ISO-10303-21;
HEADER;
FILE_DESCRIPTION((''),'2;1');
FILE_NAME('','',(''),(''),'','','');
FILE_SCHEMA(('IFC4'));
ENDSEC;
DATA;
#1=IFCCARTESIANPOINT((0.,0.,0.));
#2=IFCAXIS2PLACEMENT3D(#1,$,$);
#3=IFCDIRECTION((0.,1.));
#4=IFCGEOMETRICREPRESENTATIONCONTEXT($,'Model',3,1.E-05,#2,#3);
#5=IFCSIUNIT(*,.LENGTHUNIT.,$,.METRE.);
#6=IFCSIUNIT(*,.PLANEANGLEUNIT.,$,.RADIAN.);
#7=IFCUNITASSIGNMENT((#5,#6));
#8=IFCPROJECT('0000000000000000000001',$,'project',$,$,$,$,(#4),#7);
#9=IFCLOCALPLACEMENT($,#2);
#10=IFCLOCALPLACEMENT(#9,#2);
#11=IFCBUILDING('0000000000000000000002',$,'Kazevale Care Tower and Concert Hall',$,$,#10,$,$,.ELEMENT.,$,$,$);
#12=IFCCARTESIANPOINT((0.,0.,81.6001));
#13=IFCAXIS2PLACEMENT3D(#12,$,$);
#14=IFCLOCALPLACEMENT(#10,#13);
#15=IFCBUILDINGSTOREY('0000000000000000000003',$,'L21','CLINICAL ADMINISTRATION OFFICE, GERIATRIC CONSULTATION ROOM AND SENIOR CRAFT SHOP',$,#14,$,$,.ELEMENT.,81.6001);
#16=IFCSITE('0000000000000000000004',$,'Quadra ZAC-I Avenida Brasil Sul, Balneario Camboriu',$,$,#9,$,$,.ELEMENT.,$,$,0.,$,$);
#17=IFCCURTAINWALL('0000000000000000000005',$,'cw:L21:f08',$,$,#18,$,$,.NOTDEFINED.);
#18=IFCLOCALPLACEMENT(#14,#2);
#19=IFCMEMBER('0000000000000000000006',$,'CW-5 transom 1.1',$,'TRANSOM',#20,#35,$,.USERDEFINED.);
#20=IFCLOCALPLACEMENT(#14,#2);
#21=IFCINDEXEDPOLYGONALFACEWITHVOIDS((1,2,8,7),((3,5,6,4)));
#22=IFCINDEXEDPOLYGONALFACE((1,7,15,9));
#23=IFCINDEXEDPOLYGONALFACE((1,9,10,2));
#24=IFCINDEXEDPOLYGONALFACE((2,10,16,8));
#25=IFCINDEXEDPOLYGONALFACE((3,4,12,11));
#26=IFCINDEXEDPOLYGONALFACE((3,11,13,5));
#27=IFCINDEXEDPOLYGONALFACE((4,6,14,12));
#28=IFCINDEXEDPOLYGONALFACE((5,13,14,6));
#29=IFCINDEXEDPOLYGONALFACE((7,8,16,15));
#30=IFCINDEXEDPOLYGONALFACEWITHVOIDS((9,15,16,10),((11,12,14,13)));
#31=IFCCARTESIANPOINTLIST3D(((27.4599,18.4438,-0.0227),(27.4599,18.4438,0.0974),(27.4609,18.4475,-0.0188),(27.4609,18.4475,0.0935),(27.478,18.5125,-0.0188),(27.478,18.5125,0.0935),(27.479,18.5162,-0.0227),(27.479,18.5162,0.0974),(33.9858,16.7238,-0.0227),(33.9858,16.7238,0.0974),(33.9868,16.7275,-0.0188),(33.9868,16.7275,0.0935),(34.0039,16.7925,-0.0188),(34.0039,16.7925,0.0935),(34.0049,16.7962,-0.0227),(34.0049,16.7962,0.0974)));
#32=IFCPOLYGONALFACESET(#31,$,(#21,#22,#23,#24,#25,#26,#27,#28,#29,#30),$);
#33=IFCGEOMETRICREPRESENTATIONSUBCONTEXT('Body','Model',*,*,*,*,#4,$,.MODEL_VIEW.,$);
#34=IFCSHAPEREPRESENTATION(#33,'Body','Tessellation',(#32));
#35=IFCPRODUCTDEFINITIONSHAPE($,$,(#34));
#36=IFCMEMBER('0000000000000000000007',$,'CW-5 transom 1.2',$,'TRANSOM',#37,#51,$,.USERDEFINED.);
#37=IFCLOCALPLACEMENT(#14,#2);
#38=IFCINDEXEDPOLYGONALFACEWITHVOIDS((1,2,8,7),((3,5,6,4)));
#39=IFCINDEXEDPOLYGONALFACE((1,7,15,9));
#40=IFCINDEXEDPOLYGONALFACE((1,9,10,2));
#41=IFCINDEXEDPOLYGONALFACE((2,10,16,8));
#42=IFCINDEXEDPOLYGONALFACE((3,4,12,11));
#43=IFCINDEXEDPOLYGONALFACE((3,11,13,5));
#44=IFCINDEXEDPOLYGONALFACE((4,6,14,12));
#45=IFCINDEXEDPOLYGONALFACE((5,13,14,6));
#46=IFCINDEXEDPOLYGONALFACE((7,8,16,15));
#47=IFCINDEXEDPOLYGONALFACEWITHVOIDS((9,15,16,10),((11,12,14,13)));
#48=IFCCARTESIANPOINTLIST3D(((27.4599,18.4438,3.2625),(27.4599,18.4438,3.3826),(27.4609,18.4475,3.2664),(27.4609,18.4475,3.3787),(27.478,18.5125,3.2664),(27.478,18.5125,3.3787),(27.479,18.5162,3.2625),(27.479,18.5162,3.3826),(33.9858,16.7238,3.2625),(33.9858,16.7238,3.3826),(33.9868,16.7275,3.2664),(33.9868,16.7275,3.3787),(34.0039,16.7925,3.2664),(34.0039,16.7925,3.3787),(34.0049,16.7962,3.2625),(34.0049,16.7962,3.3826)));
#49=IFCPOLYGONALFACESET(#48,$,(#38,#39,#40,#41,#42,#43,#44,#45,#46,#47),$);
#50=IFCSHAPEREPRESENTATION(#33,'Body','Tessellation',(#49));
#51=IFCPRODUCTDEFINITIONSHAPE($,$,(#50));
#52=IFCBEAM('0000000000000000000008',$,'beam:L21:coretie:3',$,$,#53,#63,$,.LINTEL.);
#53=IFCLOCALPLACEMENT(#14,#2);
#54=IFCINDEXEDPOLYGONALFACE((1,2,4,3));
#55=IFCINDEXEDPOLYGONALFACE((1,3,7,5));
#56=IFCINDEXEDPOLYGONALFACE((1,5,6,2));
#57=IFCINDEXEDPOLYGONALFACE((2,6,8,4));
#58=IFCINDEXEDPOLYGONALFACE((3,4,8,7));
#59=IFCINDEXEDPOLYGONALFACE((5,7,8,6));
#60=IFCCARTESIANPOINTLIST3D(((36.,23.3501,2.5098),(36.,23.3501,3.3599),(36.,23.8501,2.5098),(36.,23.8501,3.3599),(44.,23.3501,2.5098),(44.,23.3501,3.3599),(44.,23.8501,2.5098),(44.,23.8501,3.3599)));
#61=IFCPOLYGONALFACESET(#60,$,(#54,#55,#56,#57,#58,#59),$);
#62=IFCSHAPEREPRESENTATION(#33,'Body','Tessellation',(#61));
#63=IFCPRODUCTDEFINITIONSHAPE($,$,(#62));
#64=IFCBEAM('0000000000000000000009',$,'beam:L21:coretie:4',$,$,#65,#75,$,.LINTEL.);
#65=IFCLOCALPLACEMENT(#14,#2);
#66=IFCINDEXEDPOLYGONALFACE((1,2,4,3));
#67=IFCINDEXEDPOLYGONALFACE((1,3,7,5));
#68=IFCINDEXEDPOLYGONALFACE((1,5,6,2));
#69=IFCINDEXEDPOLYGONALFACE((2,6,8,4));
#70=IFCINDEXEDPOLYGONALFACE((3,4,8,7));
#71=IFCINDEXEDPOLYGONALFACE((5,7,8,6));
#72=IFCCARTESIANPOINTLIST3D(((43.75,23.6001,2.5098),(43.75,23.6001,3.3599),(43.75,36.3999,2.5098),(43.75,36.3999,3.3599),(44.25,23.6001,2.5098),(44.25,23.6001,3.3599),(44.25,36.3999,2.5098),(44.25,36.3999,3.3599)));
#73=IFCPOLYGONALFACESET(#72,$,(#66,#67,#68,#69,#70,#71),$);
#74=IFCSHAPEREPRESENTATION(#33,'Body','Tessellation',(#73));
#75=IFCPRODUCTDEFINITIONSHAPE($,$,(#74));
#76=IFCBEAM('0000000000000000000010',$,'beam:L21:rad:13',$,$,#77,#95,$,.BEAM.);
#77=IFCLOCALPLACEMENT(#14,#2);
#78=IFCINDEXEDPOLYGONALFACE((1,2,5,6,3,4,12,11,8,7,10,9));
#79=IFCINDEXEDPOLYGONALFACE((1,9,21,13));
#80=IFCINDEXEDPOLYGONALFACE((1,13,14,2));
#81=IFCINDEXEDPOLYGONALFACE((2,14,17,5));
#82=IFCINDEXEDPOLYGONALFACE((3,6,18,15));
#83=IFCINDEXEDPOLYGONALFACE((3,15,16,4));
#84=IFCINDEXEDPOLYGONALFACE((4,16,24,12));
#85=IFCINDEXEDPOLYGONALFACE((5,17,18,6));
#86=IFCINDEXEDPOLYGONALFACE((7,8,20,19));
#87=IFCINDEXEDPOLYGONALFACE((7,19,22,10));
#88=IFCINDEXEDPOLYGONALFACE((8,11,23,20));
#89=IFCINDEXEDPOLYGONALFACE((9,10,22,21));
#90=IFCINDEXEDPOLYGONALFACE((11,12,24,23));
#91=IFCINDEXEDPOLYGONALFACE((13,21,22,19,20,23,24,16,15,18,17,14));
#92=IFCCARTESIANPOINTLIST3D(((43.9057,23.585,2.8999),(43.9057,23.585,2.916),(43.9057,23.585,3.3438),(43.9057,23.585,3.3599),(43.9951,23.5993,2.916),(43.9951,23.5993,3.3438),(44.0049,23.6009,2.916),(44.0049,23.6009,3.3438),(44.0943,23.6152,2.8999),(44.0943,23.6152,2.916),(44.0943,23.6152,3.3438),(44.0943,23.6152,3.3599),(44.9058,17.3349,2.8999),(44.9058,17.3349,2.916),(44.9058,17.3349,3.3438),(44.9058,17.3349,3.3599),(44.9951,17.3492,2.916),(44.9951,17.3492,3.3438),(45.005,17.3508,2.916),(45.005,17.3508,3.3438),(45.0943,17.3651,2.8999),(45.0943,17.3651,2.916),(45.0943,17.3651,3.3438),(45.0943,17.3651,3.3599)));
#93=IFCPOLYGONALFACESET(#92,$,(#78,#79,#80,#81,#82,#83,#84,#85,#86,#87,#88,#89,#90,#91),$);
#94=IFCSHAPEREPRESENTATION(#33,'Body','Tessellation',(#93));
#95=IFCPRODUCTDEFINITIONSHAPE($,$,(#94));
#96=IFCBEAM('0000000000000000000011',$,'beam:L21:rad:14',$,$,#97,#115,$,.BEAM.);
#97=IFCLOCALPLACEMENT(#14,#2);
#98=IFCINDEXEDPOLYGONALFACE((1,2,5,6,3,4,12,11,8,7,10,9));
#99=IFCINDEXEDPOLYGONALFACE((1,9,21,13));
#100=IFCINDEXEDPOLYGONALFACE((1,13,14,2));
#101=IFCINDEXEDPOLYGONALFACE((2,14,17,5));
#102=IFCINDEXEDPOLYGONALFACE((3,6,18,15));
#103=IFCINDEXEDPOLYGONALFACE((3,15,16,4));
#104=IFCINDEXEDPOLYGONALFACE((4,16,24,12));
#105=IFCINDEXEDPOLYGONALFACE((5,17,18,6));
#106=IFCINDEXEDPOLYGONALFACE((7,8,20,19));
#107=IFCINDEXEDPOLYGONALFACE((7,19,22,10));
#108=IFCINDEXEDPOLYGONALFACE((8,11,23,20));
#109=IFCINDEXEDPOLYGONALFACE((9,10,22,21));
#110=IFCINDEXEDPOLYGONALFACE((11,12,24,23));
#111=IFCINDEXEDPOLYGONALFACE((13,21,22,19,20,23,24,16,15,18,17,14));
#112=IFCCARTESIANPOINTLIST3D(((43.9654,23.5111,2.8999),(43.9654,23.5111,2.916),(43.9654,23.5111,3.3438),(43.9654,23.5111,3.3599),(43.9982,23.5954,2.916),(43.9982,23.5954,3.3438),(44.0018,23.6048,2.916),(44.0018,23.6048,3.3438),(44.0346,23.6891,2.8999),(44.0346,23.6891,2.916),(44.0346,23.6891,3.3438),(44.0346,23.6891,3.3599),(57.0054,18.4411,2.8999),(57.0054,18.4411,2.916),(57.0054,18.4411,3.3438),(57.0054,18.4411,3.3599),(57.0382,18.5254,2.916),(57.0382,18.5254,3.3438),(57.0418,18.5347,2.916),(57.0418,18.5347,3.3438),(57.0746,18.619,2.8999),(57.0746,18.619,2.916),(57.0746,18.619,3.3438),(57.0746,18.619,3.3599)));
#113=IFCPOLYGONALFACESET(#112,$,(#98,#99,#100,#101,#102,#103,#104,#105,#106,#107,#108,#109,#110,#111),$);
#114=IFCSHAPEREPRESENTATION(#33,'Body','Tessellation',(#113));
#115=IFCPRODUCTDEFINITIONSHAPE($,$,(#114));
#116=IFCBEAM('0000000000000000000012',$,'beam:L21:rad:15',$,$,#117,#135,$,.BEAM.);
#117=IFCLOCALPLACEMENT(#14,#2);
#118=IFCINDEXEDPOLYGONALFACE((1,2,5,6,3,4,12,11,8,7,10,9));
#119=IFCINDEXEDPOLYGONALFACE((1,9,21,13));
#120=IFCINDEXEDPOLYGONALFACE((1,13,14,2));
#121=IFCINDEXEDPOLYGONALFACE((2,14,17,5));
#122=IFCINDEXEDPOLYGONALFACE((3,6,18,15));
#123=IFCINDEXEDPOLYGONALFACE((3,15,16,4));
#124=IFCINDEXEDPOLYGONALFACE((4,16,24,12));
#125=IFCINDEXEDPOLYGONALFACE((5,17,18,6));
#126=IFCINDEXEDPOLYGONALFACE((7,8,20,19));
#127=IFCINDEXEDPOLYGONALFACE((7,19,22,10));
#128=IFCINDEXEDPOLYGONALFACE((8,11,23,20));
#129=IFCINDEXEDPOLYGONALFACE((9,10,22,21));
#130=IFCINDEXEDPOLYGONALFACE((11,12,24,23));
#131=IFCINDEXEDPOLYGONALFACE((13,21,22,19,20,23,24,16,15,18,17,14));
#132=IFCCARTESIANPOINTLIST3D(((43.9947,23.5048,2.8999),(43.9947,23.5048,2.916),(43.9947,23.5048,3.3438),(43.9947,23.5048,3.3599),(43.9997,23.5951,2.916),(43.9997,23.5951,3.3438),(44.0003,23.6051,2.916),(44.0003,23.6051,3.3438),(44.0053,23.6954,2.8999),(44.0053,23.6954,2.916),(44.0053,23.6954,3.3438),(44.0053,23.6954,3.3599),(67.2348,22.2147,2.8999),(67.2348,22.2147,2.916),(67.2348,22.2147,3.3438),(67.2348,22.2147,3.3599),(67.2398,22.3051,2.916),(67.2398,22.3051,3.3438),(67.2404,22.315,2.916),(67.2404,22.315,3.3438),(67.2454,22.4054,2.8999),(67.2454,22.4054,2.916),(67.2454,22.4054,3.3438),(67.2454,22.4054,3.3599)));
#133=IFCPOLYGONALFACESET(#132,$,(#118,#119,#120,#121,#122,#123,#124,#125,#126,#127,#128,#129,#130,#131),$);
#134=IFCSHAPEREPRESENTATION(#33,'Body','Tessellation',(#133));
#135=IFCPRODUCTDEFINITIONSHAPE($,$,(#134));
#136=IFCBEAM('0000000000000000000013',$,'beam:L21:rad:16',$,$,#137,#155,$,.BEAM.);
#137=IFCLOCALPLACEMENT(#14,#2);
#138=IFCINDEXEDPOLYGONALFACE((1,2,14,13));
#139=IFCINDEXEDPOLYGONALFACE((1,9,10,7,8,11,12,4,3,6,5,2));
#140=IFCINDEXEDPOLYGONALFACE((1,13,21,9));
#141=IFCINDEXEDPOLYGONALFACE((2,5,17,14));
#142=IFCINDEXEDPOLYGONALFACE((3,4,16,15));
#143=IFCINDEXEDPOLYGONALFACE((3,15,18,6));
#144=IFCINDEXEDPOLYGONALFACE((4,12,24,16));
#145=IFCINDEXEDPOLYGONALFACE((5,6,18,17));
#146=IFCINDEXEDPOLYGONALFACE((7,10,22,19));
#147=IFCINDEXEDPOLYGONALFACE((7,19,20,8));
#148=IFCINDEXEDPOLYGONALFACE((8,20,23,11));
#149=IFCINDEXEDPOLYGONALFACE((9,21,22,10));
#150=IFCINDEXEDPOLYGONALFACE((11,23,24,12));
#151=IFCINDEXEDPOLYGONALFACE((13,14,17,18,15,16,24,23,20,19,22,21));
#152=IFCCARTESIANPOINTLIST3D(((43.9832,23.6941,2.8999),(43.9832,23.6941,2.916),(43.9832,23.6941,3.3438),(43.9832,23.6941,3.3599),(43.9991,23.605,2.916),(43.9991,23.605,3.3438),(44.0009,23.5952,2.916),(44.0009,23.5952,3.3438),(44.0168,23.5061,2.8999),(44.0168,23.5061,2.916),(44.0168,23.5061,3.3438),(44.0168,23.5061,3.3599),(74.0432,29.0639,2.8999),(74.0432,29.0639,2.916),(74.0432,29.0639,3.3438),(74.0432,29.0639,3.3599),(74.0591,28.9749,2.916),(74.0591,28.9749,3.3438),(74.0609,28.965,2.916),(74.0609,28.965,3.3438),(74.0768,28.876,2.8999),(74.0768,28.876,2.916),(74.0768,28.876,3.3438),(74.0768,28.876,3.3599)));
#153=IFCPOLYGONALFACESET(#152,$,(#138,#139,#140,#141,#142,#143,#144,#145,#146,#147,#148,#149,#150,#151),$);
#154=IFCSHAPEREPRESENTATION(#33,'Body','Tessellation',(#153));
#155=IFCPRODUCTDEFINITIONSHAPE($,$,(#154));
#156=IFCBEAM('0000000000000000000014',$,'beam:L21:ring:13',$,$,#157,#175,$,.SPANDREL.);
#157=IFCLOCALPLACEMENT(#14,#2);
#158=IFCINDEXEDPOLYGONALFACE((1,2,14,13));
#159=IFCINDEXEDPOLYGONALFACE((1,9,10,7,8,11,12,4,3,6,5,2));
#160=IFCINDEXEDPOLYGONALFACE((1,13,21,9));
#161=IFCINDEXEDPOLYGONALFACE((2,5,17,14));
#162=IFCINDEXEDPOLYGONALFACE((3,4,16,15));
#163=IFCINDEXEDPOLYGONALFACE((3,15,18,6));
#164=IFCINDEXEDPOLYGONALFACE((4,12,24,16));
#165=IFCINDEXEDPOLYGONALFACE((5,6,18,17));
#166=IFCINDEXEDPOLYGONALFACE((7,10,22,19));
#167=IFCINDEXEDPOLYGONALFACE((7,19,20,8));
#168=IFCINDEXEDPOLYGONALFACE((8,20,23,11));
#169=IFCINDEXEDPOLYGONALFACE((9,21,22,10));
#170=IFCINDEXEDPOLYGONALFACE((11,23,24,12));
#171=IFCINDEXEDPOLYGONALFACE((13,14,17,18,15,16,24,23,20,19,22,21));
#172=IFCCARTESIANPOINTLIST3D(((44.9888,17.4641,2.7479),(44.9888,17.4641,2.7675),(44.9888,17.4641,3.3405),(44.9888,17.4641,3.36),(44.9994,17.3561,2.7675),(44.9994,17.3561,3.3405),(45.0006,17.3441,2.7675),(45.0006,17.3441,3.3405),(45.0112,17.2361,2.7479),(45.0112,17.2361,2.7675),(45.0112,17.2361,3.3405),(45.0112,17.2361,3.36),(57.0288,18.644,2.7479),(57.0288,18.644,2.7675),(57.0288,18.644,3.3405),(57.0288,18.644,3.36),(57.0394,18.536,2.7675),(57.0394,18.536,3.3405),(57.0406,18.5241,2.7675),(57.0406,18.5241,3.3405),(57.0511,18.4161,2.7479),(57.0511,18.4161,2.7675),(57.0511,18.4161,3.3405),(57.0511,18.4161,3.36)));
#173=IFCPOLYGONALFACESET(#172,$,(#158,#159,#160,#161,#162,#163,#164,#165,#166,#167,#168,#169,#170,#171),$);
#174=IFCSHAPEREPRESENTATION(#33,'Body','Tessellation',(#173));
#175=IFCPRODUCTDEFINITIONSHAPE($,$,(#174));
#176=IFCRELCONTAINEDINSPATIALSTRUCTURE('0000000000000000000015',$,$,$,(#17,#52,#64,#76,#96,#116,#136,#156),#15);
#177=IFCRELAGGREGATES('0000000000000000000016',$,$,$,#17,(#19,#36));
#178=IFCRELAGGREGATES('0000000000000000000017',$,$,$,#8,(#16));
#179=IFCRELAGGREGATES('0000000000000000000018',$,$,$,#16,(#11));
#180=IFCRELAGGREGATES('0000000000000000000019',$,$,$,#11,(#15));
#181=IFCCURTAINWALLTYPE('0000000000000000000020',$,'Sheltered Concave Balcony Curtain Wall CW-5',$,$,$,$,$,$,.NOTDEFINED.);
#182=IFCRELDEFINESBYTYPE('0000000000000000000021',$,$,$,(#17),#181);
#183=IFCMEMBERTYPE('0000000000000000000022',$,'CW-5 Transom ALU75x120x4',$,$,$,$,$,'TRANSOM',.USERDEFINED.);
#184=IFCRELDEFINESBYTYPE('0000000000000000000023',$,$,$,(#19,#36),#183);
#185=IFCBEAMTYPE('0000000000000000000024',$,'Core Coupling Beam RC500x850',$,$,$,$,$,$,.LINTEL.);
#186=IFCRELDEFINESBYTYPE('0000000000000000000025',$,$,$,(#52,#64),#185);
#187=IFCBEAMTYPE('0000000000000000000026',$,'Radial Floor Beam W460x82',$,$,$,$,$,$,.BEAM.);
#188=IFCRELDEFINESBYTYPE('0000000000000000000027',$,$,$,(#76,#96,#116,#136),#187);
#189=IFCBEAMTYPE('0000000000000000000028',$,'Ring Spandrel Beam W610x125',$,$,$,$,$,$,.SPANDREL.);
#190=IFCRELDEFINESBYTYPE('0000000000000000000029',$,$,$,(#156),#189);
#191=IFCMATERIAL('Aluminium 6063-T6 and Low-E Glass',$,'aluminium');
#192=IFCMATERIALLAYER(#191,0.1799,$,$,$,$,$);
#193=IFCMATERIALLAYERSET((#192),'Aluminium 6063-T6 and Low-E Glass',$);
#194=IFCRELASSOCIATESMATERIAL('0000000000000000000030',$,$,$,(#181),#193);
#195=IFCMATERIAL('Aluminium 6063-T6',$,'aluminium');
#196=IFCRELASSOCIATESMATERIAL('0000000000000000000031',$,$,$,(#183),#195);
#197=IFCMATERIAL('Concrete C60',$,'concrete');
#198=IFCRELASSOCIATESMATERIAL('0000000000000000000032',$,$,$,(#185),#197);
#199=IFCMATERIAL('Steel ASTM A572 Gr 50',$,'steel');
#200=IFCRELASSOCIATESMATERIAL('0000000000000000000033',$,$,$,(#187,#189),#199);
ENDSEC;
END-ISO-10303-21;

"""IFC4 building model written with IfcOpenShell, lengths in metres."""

from ifc_helpers import new_model, si_unit, direction, frame, origin, origin_2d, place, context, subcontext, project, spatial, rectangle, hollow_rectangle, i_section, extrude, material, layer, layer_set, material_profile, profile_set, type_object, element, aggregate, save


model = new_model("IFC4")

# Units and contexts
model_context = context("Model", 3, precision=1e-05, world=origin(), true_north=direction((0.0, 1.0)))
body_context = subcontext(model_context, "Body", "Model", "MODEL_VIEW")
ifc_project = project(units=[si_unit("LENGTHUNIT", "METRE"), si_unit("PLANEANGLEUNIT", "RADIAN")], contexts=[model_context])

# Site, building, storey
site_placement = place(None, origin())
site = spatial("IfcSite", under=ifc_project, at=site_placement, Name="Quadra ZAC-I Avenida Brasil Sul, Balneario Camboriu", CompositionType="ELEMENT", RefElevation=0.0)
building_placement = place(site_placement, origin())
building = spatial("IfcBuilding", under=site, at=building_placement, Name="Kazevale Care Tower and Concert Hall", CompositionType="ELEMENT")
storey_placement = place(building_placement, frame((0.0, 0.0, 81.6001)))
storey = spatial("IfcBuildingStorey", under=building, at=storey_placement, Name="L21", Description="CLINICAL ADMINISTRATION OFFICE, GERIATRIC CONSULTATION ROOM AND SENIOR CRAFT SHOP", CompositionType="ELEMENT", Elevation=81.6001)

# Shared definitions
ifc_material_1 = material(Name="Aluminium 6063-T6 and Low-E Glass", Category="aluminium")
ifc_layer_1 = layer(ifc_material_1, 0.1799)
ifc_layer_set_1 = layer_set([ifc_layer_1], Name="Aluminium 6063-T6 and Low-E Glass")
curtain_wall_type = type_object("IfcCurtainWallType", Name="Sheltered Concave Balcony Curtain Wall CW-5", PredefinedType="NOTDEFINED", material=ifc_layer_set_1)
ifc_material_2 = material(Name="Aluminium 6063-T6", Category="aluminium")

# Curtain wall
curtain_wall_1_placement = place(storey_placement, origin())
curtain_wall_1 = element("IfcCurtainWall", 1, at=curtain_wall_1_placement, inside=storey, type_object=curtain_wall_type, Name="cw:L21:f08", PredefinedType="NOTDEFINED")

# Members
ifc_material_profile_1 = material_profile(ifc_material_2, hollow_rectangle(XDim=0.075, YDim=0.1201, WallThickness=0.0039, at=origin_2d()), Name="ALU75x120x4")
ifc_profile_set_1 = profile_set([ifc_material_profile_1], Name="Aluminium 6063-T6")
member_type_1 = type_object("IfcMemberType", Name="CW-5 Transom ALU75x120x4", ElementType="TRANSOM", PredefinedType="USERDEFINED", material=ifc_profile_set_1)
member_1_placement = place(storey_placement, frame((33.9954, 16.76, 0.0374), z_axis=(-0.966978, 0.254858, 0.0), x_axis=(-0.254858, -0.966978, 0.0)))
member_1 = element("IfcMember", 2, at=member_1_placement, type_object=member_type_1, Name="CW-5 transom 1.1", ObjectType="TRANSOM", PredefinedType="USERDEFINED", context=body_context, shape_type="SweptSolid", body=[
    extrude(hollow_rectangle(XDim=0.075, YDim=0.1201, WallThickness=0.0039, at=origin_2d()), origin(), (0.0, 0.0, 1.0), 6.7488),
])
member_2_placement = place(storey_placement, frame((33.9954, 16.76, 3.3225), z_axis=(-0.966978, 0.254858, 0.0), x_axis=(-0.254858, -0.966978, 0.0)))
member_2 = element("IfcMember", 3, at=member_2_placement, type_object=member_type_1, Name="CW-5 transom 1.2", ObjectType="TRANSOM", PredefinedType="USERDEFINED", context=body_context, shape_type="SweptSolid", body=[
    extrude(hollow_rectangle(XDim=0.075, YDim=0.1201, WallThickness=0.0039, at=origin_2d()), origin(), (0.0, 0.0, 1.0), 6.7488),
])
aggregate(curtain_wall_1, [member_1, member_2])

# Beams
ifc_material_3 = material(Name="Concrete C60", Category="concrete")
ifc_material_profile_2 = material_profile(ifc_material_3, rectangle(XDim=0.5, YDim=0.8501, at=origin_2d()), Name="RC-B500x850")
ifc_profile_set_2 = profile_set([ifc_material_profile_2], Name="Concrete C60")
beam_type_1 = type_object("IfcBeamType", Name="Core Coupling Beam RC500x850", PredefinedType="LINTEL", material=ifc_profile_set_2)
beam_1_placement = place(storey_placement, frame((36.0, 23.6001, 2.9348), z_axis=(1.0, 0.0, 0.0), x_axis=(0.0, 1.0, 0.0)))
element("IfcBeam", 4, at=beam_1_placement, inside=storey, type_object=beam_type_1, Name="beam:L21:coretie:3", PredefinedType="LINTEL", context=body_context, shape_type="SweptSolid", body=[
    extrude(rectangle(XDim=0.5, YDim=0.8501, at=origin_2d()), origin(), (0.0, 0.0, 1.0), 8.0),
])
beam_2_placement = place(storey_placement, frame((44.0, 23.6001, 2.9348), z_axis=(0.0, 1.0, 0.0), x_axis=(-1.0, 0.0, 0.0)))
element("IfcBeam", 5, at=beam_2_placement, inside=storey, type_object=beam_type_1, Name="beam:L21:coretie:4", PredefinedType="LINTEL", context=body_context, shape_type="SweptSolid", body=[
    extrude(rectangle(XDim=0.5, YDim=0.8501, at=origin_2d()), origin(), (0.0, 0.0, 1.0), 12.7998),
])
ifc_material_4 = material(Name="Steel ASTM A572 Gr 50", Category="steel")
ifc_material_profile_3 = material_profile(ifc_material_4, i_section(OverallWidth=0.1909, OverallDepth=0.46, WebThickness=0.01, FlangeThickness=0.0161, at=origin_2d()), Name="W460x82")
ifc_profile_set_3 = profile_set([ifc_material_profile_3], Name="Steel ASTM A572 Gr 50")
beam_type_2 = type_object("IfcBeamType", Name="Radial Floor Beam W460x82", PredefinedType="BEAM", material=ifc_profile_set_3)
beam_3_placement = place(storey_placement, frame((44.0, 23.6001, 3.1299), z_axis=(0.157991, -0.987441, 0.0), x_axis=(0.987441, 0.157991, 0.0)))
element("IfcBeam", 6, at=beam_3_placement, inside=storey, type_object=beam_type_2, Name="beam:L21:rad:13", PredefinedType="BEAM", context=body_context, shape_type="SweptSolid", body=[
    extrude(i_section(OverallWidth=0.1909, OverallDepth=0.46, WebThickness=0.01, FlangeThickness=0.0161, at=origin_2d()), origin(), (0.0, 0.0, 1.0), 6.3296),
])
beam_4_placement = place(storey_placement, frame((44.0, 23.6001, 3.1299), z_axis=(0.93203, -0.362381, 0.0), x_axis=(0.362381, 0.93203, 0.0)))
element("IfcBeam", 7, at=beam_4_placement, inside=storey, type_object=beam_type_2, Name="beam:L21:rad:14", PredefinedType="BEAM", context=body_context, shape_type="SweptSolid", body=[
    extrude(i_section(OverallWidth=0.1909, OverallDepth=0.46, WebThickness=0.01, FlangeThickness=0.0161, at=origin_2d()), origin(), (0.0, 0.0, 1.0), 13.991),
])
beam_5_placement = place(storey_placement, frame((44.0, 23.6001, 3.1299), z_axis=(0.998463, -0.055424, 0.0), x_axis=(0.055424, 0.998463, 0.0)))
element("IfcBeam", 8, at=beam_5_placement, inside=storey, type_object=beam_type_2, Name="beam:L21:rad:15", PredefinedType="BEAM", context=body_context, shape_type="SweptSolid", body=[
    extrude(i_section(OverallWidth=0.1909, OverallDepth=0.46, WebThickness=0.01, FlangeThickness=0.0161, at=origin_2d()), origin(), (0.0, 0.0, 1.0), 23.2759),
])
beam_6_placement = place(storey_placement, frame((44.0, 23.6001, 3.1299), z_axis=(0.984416, 0.175854, 0.0), x_axis=(-0.175854, 0.984416, 0.0)))
element("IfcBeam", 9, at=beam_6_placement, inside=storey, type_object=beam_type_2, Name="beam:L21:rad:16", PredefinedType="BEAM", context=body_context, shape_type="SweptSolid", body=[
    extrude(i_section(OverallWidth=0.1909, OverallDepth=0.46, WebThickness=0.01, FlangeThickness=0.0161, at=origin_2d()), origin(), (0.0, 0.0, 1.0), 30.5359),
])
ifc_material_profile_4 = material_profile(ifc_material_4, i_section(OverallWidth=0.229, OverallDepth=0.6121, WebThickness=0.012, FlangeThickness=0.0195, at=origin_2d()), Name="W610x125")
ifc_profile_set_4 = profile_set([ifc_material_profile_4], Name="Steel ASTM A572 Gr 50")
beam_type_3 = type_object("IfcBeamType", Name="Ring Spandrel Beam W610x125", PredefinedType="SPANDREL", material=ifc_profile_set_4)
beam_7_placement = place(storey_placement, frame((45.0, 17.3501, 3.054), z_axis=(0.995232, 0.097533, 0.0), x_axis=(-0.097533, 0.995232, 0.0)))
element("IfcBeam", 10, at=beam_7_placement, inside=storey, type_object=beam_type_3, Name="beam:L21:ring:13", PredefinedType="SPANDREL", context=body_context, shape_type="SweptSolid", body=[
    extrude(i_section(OverallWidth=0.229, OverallDepth=0.6121, WebThickness=0.012, FlangeThickness=0.0195, at=origin_2d()), origin(), (0.0, 0.0, 1.0), 12.0977),
])

save(model, "model.ifc")
